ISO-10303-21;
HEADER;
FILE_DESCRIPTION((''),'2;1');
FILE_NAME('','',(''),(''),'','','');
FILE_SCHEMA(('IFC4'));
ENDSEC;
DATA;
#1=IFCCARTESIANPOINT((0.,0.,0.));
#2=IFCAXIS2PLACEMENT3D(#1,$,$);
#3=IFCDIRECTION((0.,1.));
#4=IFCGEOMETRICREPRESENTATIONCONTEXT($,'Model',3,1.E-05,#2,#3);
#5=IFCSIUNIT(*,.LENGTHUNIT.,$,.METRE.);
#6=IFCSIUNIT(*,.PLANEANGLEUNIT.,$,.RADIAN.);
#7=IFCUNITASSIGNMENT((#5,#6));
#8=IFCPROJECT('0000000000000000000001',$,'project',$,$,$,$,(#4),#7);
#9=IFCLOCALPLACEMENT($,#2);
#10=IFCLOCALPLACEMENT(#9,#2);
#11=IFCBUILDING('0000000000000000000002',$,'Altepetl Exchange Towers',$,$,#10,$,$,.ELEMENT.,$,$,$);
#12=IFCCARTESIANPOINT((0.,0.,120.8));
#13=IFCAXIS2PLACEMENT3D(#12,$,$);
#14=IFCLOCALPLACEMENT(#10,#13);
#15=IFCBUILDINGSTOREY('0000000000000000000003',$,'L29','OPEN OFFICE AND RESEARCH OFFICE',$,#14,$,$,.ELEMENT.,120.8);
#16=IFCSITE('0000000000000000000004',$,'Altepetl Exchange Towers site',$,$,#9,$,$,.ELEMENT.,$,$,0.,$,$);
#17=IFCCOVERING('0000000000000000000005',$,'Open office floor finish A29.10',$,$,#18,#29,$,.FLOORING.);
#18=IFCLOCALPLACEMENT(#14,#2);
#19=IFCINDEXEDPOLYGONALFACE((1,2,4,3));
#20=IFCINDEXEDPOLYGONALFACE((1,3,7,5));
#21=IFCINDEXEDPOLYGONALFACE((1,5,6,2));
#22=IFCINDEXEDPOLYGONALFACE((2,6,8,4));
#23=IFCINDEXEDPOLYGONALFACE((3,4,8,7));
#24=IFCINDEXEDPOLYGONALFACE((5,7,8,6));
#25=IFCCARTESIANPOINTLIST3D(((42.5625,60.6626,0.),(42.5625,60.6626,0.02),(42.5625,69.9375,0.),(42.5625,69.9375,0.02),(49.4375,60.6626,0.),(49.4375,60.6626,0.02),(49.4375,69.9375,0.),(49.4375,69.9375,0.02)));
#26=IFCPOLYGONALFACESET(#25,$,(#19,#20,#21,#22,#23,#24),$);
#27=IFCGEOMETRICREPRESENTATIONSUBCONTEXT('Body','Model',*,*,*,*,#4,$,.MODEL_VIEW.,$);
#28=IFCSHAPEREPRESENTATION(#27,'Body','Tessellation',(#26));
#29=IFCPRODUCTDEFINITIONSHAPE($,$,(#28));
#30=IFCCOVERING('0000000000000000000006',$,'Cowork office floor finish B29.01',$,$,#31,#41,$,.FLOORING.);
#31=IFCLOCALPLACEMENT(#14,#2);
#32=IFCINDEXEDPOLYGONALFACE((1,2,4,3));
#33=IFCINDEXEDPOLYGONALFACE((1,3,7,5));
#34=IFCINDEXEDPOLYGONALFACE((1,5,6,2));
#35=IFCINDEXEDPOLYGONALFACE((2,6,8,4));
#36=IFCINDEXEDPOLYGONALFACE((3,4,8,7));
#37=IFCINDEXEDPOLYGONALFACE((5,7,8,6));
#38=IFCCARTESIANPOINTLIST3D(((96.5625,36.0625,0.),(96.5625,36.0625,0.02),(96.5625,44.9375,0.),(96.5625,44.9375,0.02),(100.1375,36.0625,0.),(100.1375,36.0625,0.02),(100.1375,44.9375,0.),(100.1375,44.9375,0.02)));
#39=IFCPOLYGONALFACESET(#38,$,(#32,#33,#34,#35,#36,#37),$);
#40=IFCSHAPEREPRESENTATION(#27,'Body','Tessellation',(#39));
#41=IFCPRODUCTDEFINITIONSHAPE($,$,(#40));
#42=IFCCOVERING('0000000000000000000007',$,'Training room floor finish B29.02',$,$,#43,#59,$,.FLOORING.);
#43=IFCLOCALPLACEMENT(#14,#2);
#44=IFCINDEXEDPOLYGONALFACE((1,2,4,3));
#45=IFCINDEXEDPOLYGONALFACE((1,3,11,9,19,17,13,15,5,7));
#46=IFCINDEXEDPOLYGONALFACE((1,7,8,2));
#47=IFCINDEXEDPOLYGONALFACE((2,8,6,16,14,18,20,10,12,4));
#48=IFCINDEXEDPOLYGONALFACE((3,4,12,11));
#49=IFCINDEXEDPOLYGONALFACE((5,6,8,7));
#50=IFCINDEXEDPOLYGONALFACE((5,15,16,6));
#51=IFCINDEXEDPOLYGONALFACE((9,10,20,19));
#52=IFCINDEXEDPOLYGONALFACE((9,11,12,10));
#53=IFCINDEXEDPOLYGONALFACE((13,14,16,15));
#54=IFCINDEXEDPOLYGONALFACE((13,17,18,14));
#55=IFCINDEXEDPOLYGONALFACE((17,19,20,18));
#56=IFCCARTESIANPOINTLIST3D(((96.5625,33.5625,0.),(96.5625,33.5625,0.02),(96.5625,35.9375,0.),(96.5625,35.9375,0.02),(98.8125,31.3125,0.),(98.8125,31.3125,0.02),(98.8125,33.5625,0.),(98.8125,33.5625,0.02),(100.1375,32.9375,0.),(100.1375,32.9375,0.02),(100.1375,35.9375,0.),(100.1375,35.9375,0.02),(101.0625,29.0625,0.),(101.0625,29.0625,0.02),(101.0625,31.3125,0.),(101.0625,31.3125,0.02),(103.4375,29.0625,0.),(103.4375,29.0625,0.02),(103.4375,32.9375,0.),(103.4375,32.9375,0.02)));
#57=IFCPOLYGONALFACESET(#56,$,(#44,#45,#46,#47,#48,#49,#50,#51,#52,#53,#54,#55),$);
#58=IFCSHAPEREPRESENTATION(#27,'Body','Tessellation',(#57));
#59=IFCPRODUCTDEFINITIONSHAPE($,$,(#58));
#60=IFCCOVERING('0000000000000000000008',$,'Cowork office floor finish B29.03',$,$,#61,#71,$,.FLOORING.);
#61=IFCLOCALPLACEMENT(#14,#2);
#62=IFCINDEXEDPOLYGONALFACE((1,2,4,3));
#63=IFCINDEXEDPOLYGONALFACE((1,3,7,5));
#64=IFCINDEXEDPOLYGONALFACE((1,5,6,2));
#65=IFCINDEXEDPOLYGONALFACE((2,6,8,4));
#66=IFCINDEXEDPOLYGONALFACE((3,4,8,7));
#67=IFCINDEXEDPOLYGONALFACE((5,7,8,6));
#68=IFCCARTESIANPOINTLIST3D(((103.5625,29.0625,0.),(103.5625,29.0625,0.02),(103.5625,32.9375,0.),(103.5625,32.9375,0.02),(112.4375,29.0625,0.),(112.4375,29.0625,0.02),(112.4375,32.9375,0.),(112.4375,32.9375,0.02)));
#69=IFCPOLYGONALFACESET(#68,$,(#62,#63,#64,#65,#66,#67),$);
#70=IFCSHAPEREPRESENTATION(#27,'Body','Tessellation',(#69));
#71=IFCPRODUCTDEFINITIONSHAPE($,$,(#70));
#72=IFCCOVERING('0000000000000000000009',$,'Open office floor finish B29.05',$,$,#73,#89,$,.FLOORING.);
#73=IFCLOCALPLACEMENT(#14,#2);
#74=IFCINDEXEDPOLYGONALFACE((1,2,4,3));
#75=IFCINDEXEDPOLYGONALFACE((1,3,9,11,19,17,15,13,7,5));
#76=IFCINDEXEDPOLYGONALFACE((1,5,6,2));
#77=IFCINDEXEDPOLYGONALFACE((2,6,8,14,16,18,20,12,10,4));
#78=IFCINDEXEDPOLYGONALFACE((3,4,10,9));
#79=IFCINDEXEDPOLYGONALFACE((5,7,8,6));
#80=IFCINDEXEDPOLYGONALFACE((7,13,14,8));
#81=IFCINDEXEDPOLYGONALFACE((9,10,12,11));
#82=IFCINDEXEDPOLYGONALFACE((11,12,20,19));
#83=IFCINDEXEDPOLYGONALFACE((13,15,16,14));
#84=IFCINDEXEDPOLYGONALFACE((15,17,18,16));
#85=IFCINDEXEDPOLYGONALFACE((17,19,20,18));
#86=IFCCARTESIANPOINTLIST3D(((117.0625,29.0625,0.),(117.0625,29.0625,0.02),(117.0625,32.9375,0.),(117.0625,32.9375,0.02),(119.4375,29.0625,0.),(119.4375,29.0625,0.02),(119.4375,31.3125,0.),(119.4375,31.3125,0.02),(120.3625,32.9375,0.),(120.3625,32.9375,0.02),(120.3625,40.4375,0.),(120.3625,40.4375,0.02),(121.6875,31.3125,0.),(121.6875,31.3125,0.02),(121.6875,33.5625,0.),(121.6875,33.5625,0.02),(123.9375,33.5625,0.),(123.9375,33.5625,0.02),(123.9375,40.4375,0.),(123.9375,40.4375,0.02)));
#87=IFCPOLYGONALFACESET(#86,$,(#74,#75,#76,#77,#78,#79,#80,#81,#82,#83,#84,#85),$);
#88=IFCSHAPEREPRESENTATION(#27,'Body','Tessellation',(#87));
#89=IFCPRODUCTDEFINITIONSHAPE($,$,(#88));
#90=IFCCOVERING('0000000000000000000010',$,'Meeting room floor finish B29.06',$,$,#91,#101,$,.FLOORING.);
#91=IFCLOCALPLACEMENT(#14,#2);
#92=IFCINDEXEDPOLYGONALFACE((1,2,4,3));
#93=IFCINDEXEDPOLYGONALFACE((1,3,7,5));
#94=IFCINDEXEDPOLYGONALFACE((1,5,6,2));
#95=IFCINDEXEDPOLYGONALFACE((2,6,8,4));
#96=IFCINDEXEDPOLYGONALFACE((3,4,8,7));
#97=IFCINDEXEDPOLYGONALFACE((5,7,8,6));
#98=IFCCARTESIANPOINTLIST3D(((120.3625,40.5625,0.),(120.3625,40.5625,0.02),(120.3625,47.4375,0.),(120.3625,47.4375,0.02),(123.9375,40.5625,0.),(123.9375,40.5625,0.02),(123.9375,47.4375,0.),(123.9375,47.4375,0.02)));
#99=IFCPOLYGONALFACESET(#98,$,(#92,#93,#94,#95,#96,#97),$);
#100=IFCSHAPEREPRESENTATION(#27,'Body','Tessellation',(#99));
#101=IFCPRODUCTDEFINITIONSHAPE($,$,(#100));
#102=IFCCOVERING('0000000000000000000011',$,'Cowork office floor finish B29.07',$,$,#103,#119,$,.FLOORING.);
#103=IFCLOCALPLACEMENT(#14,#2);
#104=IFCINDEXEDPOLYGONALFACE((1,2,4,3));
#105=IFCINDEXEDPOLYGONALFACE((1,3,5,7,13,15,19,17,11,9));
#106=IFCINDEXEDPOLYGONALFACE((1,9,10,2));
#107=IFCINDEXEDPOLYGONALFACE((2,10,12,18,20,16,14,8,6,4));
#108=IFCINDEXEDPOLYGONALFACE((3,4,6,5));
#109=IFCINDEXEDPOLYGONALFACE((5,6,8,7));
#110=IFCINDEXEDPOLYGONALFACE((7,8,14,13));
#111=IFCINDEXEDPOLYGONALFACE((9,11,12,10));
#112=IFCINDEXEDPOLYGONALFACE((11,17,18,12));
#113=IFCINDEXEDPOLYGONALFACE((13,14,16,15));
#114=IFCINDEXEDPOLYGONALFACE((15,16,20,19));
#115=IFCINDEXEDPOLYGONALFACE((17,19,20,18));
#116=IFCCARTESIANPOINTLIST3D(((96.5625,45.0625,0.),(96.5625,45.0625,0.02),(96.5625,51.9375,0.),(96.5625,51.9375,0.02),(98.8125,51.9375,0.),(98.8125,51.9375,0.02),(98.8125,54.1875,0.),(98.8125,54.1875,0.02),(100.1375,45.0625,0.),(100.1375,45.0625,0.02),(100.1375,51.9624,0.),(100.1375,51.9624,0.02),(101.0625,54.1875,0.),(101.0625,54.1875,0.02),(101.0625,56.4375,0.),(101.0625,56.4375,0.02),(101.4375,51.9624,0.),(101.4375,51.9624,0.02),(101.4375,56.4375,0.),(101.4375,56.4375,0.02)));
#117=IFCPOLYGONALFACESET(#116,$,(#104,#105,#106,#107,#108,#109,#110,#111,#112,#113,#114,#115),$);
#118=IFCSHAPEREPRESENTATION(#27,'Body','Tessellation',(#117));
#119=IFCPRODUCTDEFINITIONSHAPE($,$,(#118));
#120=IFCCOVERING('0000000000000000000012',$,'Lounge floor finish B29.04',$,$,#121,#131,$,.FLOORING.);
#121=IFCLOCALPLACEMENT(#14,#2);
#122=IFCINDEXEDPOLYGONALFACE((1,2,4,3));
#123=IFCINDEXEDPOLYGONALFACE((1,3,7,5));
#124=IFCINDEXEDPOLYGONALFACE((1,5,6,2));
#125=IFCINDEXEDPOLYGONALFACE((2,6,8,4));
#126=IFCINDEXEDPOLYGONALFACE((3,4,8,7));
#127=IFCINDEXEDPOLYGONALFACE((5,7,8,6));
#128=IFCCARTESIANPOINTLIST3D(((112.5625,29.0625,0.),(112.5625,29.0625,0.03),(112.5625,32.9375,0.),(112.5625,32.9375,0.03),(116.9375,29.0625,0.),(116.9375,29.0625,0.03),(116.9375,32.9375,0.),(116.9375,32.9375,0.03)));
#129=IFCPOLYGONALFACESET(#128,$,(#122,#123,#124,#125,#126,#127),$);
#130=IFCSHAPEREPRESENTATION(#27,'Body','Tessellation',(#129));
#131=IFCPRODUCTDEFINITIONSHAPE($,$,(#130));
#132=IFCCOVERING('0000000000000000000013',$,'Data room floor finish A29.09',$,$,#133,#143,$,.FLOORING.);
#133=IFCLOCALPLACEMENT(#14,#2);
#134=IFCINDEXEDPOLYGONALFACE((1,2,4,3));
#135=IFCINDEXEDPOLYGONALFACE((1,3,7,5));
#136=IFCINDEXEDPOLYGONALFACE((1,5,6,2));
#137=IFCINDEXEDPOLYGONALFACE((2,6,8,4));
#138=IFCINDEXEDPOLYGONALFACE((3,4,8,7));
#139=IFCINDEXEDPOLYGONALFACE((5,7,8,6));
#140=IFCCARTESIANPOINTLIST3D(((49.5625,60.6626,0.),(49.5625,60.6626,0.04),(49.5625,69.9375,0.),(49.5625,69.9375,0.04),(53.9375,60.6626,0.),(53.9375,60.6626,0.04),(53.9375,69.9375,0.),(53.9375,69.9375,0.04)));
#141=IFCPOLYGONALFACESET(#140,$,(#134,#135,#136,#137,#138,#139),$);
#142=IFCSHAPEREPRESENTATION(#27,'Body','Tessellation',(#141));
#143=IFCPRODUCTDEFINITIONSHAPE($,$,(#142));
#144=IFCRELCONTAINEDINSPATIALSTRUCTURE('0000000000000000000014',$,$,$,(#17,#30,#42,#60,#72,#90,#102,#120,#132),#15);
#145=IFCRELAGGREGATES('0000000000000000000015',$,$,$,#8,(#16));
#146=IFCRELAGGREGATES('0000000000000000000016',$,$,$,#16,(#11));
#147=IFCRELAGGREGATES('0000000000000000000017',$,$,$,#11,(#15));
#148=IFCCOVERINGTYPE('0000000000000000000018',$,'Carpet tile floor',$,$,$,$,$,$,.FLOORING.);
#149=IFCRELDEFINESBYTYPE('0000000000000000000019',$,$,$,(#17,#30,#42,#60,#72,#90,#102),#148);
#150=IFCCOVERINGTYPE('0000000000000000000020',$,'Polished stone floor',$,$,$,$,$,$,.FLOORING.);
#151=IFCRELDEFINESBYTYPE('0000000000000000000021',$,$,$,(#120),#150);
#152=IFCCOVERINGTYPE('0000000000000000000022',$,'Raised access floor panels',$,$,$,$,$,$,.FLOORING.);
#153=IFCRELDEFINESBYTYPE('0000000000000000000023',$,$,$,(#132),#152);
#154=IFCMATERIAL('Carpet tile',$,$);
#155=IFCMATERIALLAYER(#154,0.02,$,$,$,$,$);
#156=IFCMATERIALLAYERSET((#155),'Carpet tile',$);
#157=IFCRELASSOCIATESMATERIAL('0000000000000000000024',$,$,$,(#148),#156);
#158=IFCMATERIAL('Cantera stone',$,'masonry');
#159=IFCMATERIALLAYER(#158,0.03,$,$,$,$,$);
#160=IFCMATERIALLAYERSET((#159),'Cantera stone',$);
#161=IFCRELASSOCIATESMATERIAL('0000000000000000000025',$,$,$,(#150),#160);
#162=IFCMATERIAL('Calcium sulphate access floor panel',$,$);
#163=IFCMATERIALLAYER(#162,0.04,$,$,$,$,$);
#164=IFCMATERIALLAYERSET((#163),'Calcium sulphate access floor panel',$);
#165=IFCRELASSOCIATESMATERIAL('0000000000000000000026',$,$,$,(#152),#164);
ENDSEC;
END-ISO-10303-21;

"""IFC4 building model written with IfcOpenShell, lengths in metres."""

from ifc_helpers import new_model, si_unit, direction, frame, origin, place, context, subcontext, project, spatial, polyline, outline, extrude, material, layer, layer_set, type_object, element, save


model = new_model("IFC4")

# Units and contexts
model_context = context("Model", 3, precision=1e-05, world=origin(), true_north=direction((0.0, 1.0)))
body_context = subcontext(model_context, "Body", "Model", "MODEL_VIEW")
ifc_project = project(units=[si_unit("LENGTHUNIT", "METRE"), si_unit("PLANEANGLEUNIT", "RADIAN")], contexts=[model_context])

# Site, building, storey
site_placement = place(None, origin())
site = spatial("IfcSite", under=ifc_project, at=site_placement, Name="Altepetl Exchange Towers site", CompositionType="ELEMENT", RefElevation=0.0)
building_placement = place(site_placement, origin())
building = spatial("IfcBuilding", under=site, at=building_placement, Name="Altepetl Exchange Towers", CompositionType="ELEMENT")
storey_placement = place(building_placement, frame((0.0, 0.0, 120.8)))
storey = spatial("IfcBuildingStorey", under=building, at=storey_placement, Name="L29", Description="OPEN OFFICE AND RESEARCH OFFICE", CompositionType="ELEMENT", Elevation=120.8)

# Coverings
ifc_material_1 = material(Name="Carpet tile")
ifc_layer_1 = layer(ifc_material_1, 0.02)
ifc_layer_set_1 = layer_set([ifc_layer_1], Name="Carpet tile")
covering_type_1 = type_object("IfcCoveringType", Name="Carpet tile floor", PredefinedType="FLOORING", material=ifc_layer_set_1)
covering_1_placement = place(storey_placement, origin())
element("IfcCovering", 1, at=covering_1_placement, inside=storey, type_object=covering_type_1, Name="Open office floor finish A29.10", PredefinedType="FLOORING", context=body_context, shape_type="SweptSolid", body=[
    extrude(outline(polyline([(49.4375, 60.6626), (49.4375, 69.9375), (42.5625, 69.9375), (42.5625, 60.6626), (49.4375, 60.6626)])), origin(), (0.0, 0.0, 1.0), 0.02),
])
covering_2_placement = place(storey_placement, origin())
element("IfcCovering", 2, at=covering_2_placement, inside=storey, type_object=covering_type_1, Name="Cowork office floor finish B29.01", PredefinedType="FLOORING", context=body_context, shape_type="SweptSolid", body=[
    extrude(outline(polyline([(100.1375, 44.9375), (96.5625, 44.9375), (96.5625, 36.0625), (100.1375, 36.0625), (100.1375, 44.9375)])), origin(), (0.0, 0.0, 1.0), 0.02),
])
covering_3_placement = place(storey_placement, origin())
element("IfcCovering", 3, at=covering_3_placement, inside=storey, type_object=covering_type_1, Name="Training room floor finish B29.02", PredefinedType="FLOORING", context=body_context, shape_type="SweptSolid", body=[
    extrude(outline(polyline([(100.1375, 35.9375), (96.5625, 35.9375), (96.5625, 33.5625), (98.8125, 33.5625), (98.8125, 31.3125), (101.0625, 31.3125), (101.0625, 29.0625), (103.4375, 29.0625), (103.4375, 32.9375), (100.1375, 32.9375), (100.1375, 35.9375)])), origin(), (0.0, 0.0, 1.0), 0.02),
])
covering_4_placement = place(storey_placement, origin())
element("IfcCovering", 4, at=covering_4_placement, inside=storey, type_object=covering_type_1, Name="Cowork office floor finish B29.03", PredefinedType="FLOORING", context=body_context, shape_type="SweptSolid", body=[
    extrude(outline(polyline([(103.5625, 32.9375), (103.5625, 29.0625), (112.4375, 29.0625), (112.4375, 32.9375), (103.5625, 32.9375)])), origin(), (0.0, 0.0, 1.0), 0.02),
])
covering_5_placement = place(storey_placement, origin())
element("IfcCovering", 5, at=covering_5_placement, inside=storey, type_object=covering_type_1, Name="Open office floor finish B29.05", PredefinedType="FLOORING", context=body_context, shape_type="SweptSolid", body=[
    extrude(outline(polyline([(117.0625, 32.9375), (117.0625, 29.0625), (119.4375, 29.0625), (119.4375, 31.3125), (121.6875, 31.3125), (121.6875, 33.5625), (123.9375, 33.5625), (123.9375, 40.4375), (120.3625, 40.4375), (120.3625, 32.9375), (117.0625, 32.9375)])), origin(), (0.0, 0.0, 1.0), 0.02),
])
covering_6_placement = place(storey_placement, origin())
element("IfcCovering", 6, at=covering_6_placement, inside=storey, type_object=covering_type_1, Name="Meeting room floor finish B29.06", PredefinedType="FLOORING", context=body_context, shape_type="SweptSolid", body=[
    extrude(outline(polyline([(120.3625, 47.4375), (120.3625, 40.5625), (123.9375, 40.5625), (123.9375, 47.4375), (120.3625, 47.4375)])), origin(), (0.0, 0.0, 1.0), 0.02),
])
covering_7_placement = place(storey_placement, origin())
element("IfcCovering", 7, at=covering_7_placement, inside=storey, type_object=covering_type_1, Name="Cowork office floor finish B29.07", PredefinedType="FLOORING", context=body_context, shape_type="SweptSolid", body=[
    extrude(outline(polyline([(101.0625, 54.1875), (98.8125, 54.1875), (98.8125, 51.9375), (96.5625, 51.9375), (96.5625, 45.0625), (100.1375, 45.0625), (100.1375, 51.9624), (101.4375, 51.9624), (101.4375, 56.4375), (101.0625, 56.4375), (101.0625, 54.1875)])), origin(), (0.0, 0.0, 1.0), 0.02),
])
ifc_material_2 = material(Name="Cantera stone", Category="masonry")
ifc_layer_2 = layer(ifc_material_2, 0.03)
ifc_layer_set_2 = layer_set([ifc_layer_2], Name="Cantera stone")
covering_type_2 = type_object("IfcCoveringType", Name="Polished stone floor", PredefinedType="FLOORING", material=ifc_layer_set_2)
covering_8_placement = place(storey_placement, origin())
element("IfcCovering", 8, at=covering_8_placement, inside=storey, type_object=covering_type_2, Name="Lounge floor finish B29.04", PredefinedType="FLOORING", context=body_context, shape_type="SweptSolid", body=[
    extrude(outline(polyline([(112.5625, 32.9375), (112.5625, 29.0625), (116.9375, 29.0625), (116.9375, 32.9375), (112.5625, 32.9375)])), origin(), (0.0, 0.0, 1.0), 0.03),
])
ifc_material_3 = material(Name="Calcium sulphate access floor panel")
ifc_layer_3 = layer(ifc_material_3, 0.04)
ifc_layer_set_3 = layer_set([ifc_layer_3], Name="Calcium sulphate access floor panel")
covering_type_3 = type_object("IfcCoveringType", Name="Raised access floor panels", PredefinedType="FLOORING", material=ifc_layer_set_3)
covering_9_placement = place(storey_placement, origin())
element("IfcCovering", 9, at=covering_9_placement, inside=storey, type_object=covering_type_3, Name="Data room floor finish A29.09", PredefinedType="FLOORING", context=body_context, shape_type="SweptSolid", body=[
    extrude(outline(polyline([(53.9375, 60.6626), (53.9375, 69.9375), (49.5625, 69.9375), (49.5625, 60.6626), (53.9375, 60.6626)])), origin(), (0.0, 0.0, 1.0), 0.04),
])

save(model, "model.ifc")
